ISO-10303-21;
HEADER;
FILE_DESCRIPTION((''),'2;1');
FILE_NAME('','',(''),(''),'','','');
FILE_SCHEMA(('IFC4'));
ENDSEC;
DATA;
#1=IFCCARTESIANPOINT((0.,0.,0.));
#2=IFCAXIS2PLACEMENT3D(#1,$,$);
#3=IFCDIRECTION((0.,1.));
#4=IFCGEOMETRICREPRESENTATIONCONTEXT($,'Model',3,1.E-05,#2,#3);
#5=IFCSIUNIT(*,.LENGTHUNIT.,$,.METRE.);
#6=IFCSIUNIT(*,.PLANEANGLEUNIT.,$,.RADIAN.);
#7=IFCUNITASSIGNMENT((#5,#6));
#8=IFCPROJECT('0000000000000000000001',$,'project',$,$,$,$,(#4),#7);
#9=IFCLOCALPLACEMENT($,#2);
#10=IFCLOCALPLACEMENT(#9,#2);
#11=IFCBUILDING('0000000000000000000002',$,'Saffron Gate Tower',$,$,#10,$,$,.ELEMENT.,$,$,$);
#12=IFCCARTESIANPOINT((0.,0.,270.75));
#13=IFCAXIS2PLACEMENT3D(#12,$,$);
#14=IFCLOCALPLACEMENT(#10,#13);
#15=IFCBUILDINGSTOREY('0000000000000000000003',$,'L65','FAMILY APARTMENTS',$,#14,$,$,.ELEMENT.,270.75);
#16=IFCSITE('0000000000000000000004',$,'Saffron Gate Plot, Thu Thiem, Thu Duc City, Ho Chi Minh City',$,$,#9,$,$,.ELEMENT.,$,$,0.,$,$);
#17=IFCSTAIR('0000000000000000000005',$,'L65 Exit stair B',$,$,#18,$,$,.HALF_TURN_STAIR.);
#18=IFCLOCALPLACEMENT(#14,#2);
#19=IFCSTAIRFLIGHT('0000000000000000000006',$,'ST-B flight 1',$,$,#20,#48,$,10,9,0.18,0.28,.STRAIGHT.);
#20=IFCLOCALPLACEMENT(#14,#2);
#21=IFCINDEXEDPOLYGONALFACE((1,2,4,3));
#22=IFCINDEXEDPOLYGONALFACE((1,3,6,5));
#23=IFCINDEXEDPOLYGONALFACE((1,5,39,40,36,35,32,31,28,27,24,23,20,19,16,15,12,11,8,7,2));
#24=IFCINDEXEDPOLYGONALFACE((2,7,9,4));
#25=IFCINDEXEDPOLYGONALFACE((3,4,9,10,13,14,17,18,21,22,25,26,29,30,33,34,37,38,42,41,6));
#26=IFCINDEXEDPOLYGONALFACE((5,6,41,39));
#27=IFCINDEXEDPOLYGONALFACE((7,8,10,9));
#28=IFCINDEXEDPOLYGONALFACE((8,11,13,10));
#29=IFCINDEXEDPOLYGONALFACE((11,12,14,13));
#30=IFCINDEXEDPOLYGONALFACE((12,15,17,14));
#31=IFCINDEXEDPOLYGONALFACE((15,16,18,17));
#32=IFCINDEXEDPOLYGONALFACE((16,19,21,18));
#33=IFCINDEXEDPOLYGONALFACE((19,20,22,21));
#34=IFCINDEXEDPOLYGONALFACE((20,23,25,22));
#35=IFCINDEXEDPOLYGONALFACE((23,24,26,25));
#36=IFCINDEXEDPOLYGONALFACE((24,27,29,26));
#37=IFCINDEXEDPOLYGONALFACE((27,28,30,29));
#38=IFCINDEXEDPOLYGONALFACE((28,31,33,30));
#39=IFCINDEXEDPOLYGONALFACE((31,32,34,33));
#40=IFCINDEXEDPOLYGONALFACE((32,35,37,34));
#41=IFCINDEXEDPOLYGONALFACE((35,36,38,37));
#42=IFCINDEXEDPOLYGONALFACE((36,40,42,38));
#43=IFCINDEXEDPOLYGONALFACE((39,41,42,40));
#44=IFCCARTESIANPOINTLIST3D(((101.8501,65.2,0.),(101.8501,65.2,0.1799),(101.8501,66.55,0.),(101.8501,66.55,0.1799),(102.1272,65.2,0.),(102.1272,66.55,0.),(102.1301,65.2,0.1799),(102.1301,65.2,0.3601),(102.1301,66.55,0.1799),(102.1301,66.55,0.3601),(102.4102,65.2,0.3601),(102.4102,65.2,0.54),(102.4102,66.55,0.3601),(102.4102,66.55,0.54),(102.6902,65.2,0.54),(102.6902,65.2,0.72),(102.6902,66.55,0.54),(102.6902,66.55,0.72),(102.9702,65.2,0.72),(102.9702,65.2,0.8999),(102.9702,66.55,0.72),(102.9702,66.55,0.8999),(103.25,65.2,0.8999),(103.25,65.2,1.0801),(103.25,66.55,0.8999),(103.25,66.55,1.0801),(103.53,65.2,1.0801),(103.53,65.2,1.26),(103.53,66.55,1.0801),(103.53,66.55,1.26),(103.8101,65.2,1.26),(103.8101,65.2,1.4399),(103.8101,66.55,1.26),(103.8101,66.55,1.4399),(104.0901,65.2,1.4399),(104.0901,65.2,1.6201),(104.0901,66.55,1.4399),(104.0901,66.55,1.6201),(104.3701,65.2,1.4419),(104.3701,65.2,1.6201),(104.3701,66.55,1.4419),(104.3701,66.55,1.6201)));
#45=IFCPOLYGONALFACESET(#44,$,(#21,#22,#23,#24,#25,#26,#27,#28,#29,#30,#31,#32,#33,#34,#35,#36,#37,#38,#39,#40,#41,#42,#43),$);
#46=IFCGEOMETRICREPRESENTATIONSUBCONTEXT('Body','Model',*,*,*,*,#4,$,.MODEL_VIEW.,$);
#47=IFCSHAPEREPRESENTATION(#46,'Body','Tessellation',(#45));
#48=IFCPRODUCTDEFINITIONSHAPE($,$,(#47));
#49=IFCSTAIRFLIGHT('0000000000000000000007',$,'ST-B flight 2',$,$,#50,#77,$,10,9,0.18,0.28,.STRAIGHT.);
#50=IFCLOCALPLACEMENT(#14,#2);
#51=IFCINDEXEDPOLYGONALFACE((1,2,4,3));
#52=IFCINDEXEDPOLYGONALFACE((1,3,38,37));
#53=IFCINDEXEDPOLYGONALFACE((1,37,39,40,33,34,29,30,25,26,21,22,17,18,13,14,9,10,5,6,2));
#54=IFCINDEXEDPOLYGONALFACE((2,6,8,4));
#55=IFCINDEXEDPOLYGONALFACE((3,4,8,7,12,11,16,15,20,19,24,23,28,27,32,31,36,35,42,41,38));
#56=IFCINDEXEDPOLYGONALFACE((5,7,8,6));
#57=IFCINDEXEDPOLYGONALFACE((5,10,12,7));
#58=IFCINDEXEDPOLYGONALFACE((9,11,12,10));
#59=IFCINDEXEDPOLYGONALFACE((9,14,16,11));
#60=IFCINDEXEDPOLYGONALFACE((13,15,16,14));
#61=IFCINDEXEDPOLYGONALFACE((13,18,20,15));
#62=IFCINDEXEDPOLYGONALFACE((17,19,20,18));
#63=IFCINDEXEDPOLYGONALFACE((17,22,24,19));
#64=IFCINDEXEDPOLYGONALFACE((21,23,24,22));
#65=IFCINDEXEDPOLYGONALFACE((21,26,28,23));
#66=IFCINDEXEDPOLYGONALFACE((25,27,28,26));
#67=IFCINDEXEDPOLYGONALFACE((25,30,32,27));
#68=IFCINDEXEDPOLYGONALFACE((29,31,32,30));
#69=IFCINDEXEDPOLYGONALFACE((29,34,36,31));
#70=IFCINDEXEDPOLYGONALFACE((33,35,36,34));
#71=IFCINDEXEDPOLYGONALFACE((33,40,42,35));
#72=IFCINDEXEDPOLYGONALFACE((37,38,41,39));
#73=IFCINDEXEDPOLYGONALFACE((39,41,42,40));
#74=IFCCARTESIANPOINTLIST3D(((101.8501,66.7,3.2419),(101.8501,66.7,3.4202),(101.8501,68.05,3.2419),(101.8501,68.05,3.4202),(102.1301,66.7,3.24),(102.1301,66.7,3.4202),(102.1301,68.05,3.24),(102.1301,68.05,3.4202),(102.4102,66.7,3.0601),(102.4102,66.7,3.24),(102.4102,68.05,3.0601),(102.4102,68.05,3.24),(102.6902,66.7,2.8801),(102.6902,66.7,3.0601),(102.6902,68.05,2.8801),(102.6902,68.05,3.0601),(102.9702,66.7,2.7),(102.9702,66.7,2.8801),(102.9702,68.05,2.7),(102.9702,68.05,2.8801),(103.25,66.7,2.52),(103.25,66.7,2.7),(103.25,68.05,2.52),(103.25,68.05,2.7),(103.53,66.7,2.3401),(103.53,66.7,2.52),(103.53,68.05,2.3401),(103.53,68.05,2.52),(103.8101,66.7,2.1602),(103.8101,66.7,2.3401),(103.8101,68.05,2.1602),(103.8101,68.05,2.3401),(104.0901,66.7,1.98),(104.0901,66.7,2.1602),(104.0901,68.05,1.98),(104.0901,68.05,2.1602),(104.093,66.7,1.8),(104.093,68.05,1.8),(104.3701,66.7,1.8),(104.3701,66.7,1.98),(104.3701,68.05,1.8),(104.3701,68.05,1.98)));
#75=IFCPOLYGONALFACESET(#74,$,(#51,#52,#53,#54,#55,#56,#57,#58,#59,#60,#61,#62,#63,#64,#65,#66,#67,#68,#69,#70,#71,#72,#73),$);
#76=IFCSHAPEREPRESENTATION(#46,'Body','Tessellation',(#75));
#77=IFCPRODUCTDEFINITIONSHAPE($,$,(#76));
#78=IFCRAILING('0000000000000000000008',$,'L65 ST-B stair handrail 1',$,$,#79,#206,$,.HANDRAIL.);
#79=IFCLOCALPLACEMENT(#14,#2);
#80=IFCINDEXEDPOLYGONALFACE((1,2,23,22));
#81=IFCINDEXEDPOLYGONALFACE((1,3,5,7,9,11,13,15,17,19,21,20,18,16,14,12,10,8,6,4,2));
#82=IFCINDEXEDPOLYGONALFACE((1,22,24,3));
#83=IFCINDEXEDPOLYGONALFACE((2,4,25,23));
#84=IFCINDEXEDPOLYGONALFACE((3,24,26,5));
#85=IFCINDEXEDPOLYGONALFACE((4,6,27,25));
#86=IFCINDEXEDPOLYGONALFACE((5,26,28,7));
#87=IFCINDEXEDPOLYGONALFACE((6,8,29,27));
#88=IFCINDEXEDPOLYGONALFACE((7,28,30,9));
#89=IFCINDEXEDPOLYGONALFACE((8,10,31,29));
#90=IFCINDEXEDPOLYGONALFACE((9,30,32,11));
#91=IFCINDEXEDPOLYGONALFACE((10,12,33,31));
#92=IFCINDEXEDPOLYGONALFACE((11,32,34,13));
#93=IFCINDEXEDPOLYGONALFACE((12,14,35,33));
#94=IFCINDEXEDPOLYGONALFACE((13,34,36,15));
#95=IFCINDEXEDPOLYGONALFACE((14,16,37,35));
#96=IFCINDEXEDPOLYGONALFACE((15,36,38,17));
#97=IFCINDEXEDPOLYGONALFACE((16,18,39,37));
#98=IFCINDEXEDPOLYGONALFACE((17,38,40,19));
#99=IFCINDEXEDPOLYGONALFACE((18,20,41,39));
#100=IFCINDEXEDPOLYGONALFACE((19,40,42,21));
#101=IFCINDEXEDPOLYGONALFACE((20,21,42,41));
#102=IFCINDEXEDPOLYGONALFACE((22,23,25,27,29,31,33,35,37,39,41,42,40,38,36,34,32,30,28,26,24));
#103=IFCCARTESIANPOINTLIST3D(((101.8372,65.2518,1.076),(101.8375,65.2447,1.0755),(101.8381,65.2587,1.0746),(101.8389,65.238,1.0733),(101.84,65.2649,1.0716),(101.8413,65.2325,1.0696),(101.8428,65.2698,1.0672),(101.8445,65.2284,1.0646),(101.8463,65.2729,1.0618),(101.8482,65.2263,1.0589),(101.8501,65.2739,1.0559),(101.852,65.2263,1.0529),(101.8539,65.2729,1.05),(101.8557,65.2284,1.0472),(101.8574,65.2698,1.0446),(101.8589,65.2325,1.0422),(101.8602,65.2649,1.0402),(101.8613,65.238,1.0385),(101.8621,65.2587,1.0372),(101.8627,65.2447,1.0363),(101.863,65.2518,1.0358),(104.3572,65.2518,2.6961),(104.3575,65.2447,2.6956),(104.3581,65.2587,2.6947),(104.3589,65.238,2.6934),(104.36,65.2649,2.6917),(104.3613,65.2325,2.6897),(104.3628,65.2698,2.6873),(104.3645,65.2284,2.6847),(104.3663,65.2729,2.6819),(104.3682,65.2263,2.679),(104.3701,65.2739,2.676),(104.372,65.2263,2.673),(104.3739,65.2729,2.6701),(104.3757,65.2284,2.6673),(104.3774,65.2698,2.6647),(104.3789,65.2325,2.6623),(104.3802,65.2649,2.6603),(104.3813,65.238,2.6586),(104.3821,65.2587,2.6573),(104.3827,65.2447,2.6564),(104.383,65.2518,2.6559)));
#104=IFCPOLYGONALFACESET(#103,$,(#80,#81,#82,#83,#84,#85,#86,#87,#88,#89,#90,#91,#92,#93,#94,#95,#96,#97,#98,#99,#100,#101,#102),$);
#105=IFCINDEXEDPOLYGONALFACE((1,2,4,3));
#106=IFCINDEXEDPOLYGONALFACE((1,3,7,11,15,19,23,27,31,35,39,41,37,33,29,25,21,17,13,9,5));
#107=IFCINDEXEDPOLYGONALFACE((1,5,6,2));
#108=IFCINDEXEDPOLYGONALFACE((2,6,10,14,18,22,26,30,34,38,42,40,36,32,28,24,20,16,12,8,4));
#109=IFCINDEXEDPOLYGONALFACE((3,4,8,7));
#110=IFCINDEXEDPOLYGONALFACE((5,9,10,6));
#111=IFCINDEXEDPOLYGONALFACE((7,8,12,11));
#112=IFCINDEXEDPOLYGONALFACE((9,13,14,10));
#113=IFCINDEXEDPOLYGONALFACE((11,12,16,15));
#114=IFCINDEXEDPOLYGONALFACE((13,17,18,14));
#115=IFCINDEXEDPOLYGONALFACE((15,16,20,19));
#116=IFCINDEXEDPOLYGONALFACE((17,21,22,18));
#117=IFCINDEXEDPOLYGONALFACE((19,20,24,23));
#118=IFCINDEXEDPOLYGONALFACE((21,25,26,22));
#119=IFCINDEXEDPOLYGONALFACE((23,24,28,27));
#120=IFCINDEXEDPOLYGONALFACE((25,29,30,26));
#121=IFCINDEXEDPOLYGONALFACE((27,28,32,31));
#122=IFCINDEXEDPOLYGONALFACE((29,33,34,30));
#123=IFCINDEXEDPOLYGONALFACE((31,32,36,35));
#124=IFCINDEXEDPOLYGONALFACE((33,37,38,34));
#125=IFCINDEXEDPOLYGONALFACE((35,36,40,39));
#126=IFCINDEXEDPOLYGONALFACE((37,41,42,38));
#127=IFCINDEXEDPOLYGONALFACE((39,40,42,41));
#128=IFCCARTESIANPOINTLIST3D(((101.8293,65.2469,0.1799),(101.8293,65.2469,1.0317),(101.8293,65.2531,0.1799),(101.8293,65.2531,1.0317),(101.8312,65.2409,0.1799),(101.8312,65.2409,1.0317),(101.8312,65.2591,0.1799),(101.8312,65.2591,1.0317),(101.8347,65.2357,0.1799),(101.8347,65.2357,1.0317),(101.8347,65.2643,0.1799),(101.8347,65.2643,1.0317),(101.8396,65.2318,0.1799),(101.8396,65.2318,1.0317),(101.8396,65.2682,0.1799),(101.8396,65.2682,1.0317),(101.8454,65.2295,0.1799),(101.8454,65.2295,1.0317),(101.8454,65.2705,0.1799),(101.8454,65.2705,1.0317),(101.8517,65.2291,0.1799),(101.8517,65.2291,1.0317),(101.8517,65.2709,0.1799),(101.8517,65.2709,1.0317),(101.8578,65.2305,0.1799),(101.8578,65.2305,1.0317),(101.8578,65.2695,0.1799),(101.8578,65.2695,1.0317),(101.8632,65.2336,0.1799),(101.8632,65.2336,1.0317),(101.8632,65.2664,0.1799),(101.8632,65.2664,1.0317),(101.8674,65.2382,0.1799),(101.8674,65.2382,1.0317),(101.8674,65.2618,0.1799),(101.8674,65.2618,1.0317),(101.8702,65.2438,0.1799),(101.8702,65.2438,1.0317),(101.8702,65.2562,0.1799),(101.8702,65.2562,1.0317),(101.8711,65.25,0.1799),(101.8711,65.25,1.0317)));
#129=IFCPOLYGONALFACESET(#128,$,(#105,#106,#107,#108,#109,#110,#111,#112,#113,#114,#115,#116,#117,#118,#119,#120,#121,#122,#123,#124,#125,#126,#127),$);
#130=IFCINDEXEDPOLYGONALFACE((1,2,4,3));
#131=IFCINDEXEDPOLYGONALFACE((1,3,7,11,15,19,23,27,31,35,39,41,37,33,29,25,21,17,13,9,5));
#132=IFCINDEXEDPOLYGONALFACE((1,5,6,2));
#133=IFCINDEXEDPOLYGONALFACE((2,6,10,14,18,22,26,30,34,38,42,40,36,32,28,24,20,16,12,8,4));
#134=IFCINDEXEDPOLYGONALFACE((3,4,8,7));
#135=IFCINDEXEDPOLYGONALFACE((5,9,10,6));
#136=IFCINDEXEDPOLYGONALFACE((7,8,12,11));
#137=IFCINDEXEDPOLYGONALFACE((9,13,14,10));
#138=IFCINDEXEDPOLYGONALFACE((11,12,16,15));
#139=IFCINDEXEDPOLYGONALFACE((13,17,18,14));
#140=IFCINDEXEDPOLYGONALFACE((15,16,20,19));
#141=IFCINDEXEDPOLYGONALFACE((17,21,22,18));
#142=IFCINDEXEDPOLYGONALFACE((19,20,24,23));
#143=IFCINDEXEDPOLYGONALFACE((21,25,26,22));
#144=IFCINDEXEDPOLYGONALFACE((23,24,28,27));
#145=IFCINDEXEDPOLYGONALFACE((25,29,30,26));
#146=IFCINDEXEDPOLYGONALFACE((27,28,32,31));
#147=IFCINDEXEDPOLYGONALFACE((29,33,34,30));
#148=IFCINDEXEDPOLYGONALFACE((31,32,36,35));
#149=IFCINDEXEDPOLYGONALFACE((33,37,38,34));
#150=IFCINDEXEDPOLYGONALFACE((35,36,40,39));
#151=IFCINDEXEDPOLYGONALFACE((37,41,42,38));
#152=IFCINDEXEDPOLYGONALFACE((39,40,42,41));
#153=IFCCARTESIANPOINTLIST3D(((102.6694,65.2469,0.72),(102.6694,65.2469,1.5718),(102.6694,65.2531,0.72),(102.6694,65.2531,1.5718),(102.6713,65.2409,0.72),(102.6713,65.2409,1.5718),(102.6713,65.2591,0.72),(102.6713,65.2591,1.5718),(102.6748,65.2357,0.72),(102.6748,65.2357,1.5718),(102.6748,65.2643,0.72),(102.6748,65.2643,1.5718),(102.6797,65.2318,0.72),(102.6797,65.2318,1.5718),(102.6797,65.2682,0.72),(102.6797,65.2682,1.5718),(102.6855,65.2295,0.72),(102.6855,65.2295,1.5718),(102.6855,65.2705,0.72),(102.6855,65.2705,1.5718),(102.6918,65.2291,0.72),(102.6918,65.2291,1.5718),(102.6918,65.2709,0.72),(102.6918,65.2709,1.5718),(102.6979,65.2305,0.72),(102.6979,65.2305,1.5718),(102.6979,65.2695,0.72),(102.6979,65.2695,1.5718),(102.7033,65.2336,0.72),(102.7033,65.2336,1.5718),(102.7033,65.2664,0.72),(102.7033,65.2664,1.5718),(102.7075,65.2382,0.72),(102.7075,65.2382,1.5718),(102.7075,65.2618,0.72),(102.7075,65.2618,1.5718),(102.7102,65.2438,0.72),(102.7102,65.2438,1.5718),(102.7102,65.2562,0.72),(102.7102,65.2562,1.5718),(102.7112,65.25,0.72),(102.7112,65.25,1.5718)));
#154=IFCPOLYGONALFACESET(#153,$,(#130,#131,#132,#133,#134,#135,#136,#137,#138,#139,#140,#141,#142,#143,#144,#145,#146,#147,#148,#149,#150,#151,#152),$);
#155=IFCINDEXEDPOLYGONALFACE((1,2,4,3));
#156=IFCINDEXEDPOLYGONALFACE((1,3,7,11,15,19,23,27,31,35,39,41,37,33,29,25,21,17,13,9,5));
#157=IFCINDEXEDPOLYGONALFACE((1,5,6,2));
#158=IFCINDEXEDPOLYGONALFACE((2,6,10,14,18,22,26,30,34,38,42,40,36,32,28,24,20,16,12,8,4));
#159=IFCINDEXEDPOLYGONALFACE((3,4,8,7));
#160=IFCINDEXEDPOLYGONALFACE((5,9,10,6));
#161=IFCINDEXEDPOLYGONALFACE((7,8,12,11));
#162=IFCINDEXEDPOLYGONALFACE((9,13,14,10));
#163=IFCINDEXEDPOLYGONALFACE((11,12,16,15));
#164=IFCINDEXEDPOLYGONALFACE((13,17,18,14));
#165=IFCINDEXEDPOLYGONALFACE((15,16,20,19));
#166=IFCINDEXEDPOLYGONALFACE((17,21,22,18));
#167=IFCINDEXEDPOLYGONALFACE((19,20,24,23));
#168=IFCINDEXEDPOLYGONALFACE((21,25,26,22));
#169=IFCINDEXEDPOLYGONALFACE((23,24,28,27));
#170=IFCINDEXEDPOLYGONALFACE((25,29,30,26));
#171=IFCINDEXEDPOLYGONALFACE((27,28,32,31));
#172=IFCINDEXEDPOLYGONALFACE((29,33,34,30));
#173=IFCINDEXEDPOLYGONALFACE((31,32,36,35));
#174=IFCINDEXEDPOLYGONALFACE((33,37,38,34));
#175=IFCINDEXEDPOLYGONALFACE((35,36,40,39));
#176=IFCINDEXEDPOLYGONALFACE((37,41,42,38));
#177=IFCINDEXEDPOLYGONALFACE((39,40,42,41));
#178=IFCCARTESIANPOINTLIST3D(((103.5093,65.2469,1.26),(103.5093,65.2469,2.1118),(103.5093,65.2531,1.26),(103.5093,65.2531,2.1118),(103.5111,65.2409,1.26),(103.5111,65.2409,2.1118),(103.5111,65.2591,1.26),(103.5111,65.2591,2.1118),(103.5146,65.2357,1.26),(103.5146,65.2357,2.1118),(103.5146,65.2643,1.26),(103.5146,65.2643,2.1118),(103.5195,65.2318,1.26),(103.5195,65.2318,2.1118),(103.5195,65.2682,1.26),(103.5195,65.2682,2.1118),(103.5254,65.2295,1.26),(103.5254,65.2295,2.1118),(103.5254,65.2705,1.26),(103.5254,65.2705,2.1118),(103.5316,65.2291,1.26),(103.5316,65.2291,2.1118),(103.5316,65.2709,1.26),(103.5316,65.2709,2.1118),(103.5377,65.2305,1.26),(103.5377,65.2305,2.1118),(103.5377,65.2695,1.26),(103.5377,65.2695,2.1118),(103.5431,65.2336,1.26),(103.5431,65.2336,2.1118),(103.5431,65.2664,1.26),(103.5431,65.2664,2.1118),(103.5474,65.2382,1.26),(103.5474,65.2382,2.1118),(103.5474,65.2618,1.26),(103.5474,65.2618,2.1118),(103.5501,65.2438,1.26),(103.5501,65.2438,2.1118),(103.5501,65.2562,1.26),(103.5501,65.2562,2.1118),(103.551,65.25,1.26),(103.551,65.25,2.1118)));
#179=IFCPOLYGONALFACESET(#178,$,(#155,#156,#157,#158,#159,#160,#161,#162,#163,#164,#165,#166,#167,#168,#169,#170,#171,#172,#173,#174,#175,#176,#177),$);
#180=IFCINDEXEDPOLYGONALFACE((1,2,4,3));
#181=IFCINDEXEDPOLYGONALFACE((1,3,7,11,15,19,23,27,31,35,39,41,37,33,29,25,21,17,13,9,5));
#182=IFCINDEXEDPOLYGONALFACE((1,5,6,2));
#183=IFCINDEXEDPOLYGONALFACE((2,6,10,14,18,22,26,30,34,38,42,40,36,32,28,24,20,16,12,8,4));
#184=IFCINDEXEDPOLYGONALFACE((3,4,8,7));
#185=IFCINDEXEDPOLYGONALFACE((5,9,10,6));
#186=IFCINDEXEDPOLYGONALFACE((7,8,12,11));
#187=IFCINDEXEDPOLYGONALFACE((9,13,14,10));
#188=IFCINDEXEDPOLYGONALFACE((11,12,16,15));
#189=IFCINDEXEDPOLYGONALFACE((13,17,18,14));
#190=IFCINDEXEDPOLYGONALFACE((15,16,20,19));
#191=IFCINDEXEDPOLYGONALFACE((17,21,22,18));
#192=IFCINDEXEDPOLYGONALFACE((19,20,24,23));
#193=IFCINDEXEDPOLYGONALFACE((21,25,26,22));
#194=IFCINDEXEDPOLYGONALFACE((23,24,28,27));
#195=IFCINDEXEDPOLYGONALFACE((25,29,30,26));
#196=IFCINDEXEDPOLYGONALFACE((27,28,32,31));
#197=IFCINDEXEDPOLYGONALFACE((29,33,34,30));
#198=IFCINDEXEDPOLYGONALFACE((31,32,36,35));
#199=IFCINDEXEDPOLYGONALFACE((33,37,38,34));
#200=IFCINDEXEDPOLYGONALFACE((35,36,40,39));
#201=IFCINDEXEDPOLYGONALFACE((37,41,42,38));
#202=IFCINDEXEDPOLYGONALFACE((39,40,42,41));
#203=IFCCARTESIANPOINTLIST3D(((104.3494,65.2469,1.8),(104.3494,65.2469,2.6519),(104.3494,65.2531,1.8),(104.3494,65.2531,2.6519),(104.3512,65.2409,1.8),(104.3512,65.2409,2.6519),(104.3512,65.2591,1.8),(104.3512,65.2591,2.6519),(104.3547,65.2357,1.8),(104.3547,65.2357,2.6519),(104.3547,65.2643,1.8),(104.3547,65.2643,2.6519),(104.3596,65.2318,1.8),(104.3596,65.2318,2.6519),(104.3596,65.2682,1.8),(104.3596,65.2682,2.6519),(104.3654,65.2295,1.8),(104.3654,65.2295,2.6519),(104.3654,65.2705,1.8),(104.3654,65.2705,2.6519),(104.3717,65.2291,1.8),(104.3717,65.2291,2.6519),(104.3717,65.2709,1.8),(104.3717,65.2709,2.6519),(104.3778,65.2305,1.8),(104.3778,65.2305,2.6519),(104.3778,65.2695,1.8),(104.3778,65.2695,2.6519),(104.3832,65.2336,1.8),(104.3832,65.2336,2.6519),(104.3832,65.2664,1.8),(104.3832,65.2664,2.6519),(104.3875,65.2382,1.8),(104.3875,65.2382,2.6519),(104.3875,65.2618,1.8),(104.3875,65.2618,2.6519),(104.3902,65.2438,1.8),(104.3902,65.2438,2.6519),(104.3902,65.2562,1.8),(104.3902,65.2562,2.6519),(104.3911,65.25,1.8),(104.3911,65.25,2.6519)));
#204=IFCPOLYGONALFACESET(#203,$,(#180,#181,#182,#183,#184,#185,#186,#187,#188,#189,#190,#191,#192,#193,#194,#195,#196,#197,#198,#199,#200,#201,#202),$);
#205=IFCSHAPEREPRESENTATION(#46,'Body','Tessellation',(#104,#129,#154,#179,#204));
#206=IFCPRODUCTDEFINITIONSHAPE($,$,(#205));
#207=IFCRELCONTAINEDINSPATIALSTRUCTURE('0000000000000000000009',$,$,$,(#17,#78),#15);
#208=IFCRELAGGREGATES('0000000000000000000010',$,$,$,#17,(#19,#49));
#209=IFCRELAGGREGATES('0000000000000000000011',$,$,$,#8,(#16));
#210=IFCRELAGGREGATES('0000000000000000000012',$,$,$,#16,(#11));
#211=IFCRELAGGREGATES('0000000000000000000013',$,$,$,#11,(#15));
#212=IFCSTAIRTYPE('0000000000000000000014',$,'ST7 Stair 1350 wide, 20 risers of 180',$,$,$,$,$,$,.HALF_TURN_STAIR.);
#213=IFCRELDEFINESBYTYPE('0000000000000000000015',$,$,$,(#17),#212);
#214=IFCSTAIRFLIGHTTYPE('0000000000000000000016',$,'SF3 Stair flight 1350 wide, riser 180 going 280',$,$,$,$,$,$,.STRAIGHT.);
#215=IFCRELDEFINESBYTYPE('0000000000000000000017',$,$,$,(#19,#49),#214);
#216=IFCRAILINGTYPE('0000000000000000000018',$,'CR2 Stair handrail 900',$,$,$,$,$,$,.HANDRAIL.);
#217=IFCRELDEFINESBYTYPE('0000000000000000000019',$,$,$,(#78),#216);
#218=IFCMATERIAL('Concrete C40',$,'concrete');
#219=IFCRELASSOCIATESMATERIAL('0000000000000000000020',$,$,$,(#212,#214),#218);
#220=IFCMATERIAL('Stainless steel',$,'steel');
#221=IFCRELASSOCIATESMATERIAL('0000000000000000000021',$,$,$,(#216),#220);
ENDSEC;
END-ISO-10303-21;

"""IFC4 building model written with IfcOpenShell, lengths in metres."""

from ifc_helpers import new_model, si_unit, direction, frame, origin, origin_2d, place, context, subcontext, project, spatial, polyline, circle, outline, extrude, material, type_object, element, aggregate, save


model = new_model("IFC4")

# Units and contexts
model_context = context("Model", 3, precision=1e-05, world=origin(), true_north=direction((0.0, 1.0)))
body_context = subcontext(model_context, "Body", "Model", "MODEL_VIEW")
ifc_project = project(units=[si_unit("LENGTHUNIT", "METRE"), si_unit("PLANEANGLEUNIT", "RADIAN")], contexts=[model_context])

# Site, building, storey
site_placement = place(None, origin())
site = spatial("IfcSite", under=ifc_project, at=site_placement, Name="Saffron Gate Plot, Thu Thiem, Thu Duc City, Ho Chi Minh City", CompositionType="ELEMENT", RefElevation=0.0)
building_placement = place(site_placement, origin())
building = spatial("IfcBuilding", under=site, at=building_placement, Name="Saffron Gate Tower", CompositionType="ELEMENT")
storey_placement = place(building_placement, frame((0.0, 0.0, 270.75)))
storey = spatial("IfcBuildingStorey", under=building, at=storey_placement, Name="L65", Description="FAMILY APARTMENTS", CompositionType="ELEMENT", Elevation=270.75)

# Stair, stair flights
ifc_material_1 = material(Name="Concrete C40", Category="concrete")
stair_type = type_object("IfcStairType", Name="ST7 Stair 1350 wide, 20 risers of 180", PredefinedType="HALF_TURN_STAIR", material=ifc_material_1)
stair_placement = place(storey_placement, origin())
stair = element("IfcStair", 1, at=stair_placement, inside=storey, type_object=stair_type, Name="L65 Exit stair B", PredefinedType="HALF_TURN_STAIR")
stair_flight_type = type_object("IfcStairFlightType", Name="SF3 Stair flight 1350 wide, riser 180 going 280", PredefinedType="STRAIGHT", material=ifc_material_1)
stair_flight_1_placement = place(storey_placement, frame((101.8501, 65.875, 0.0), z_axis=(0.0, 0.0, 1.0), x_axis=(1.0, 0.0, 0.0)))
stair_flight_1 = element("IfcStairFlight", 2, at=stair_flight_1_placement, type_object=stair_flight_type, Name="ST-B flight 1", NumberOfRisers=10, NumberOfTreads=9, PredefinedType="STRAIGHT", RiserHeight=0.18, TreadLength=0.28, context=body_context, shape_type="SweptSolid", body=[
    extrude(outline(polyline([(0.0, 0.0), (0.0, 0.1799), (0.28, 0.1799), (0.28, 0.3601), (0.5601, 0.3601), (0.5601, 0.54), (0.8401, 0.54), (0.8401, 0.72), (1.1201, 0.72), (1.1201, 0.8999), (1.3999, 0.8999), (1.3999, 1.0801), (1.6799, 1.0801), (1.6799, 1.26), (1.96, 1.26), (1.96, 1.4399), (2.24, 1.4399), (2.24, 1.6201), (2.52, 1.6201), (2.52, 1.8), (2.52, 1.4419), (0.2771, 0.0), (0.0, 0.0)])), frame((0.0, 0.675, 0.0), z_axis=(0.0, -1.0, 0.0), x_axis=(1.0, 0.0, 0.0)), (0.0, 0.0, 1.0), 1.3501),
])
stair_flight_2_placement = place(storey_placement, frame((104.3701, 67.375, 1.8), z_axis=(0.0, 0.0, 1.0), x_axis=(-1.0, 0.0, 0.0)))
stair_flight_2 = element("IfcStairFlight", 3, at=stair_flight_2_placement, type_object=stair_flight_type, Name="ST-B flight 2", NumberOfRisers=10, NumberOfTreads=9, PredefinedType="STRAIGHT", RiserHeight=0.18, TreadLength=0.28, context=body_context, shape_type="SweptSolid", body=[
    extrude(outline(polyline([(0.0, 0.0), (0.0, 0.1799), (0.28, 0.1799), (0.28, 0.3601), (0.5601, 0.3601), (0.5601, 0.54), (0.8401, 0.54), (0.8401, 0.72), (1.1201, 0.72), (1.1201, 0.8999), (1.3999, 0.8999), (1.3999, 1.0801), (1.6799, 1.0801), (1.6799, 1.26), (1.96, 1.26), (1.96, 1.4399), (2.24, 1.4399), (2.24, 1.6201), (2.52, 1.6201), (2.52, 1.8), (2.52, 1.4419), (0.2771, 0.0), (0.0, 0.0)])), frame((0.0, 0.675, 0.0), z_axis=(0.0, -1.0, 0.0), x_axis=(1.0, 0.0, 0.0)), (0.0, 0.0, 1.0), 1.3501),
])
aggregate(stair, [stair_flight_1, stair_flight_2])

# Railing
ifc_material_2 = material(Name="Stainless steel", Category="steel")
railing_type_1 = type_object("IfcRailingType", Name="CR2 Stair handrail 900", PredefinedType="HANDRAIL", material=ifc_material_2)
railing_1_placement = place(storey_placement, frame((101.8501, 65.25, 0.1799)))
element("IfcRailing", 4, at=railing_1_placement, inside=storey, type_object=railing_type_1, Name="L65 ST-B stair handrail 1", PredefinedType="HANDRAIL", context=body_context, shape_type="SweptSolid", body=[
    extrude(circle(Radius=0.0239, at=origin_2d()), frame((0.0, 0.0, 0.876), z_axis=(0.841163, 0.0, 0.540782), x_axis=(0.0, 1.0, 0.0)), (0.0, 0.0, 1.0), 2.9958),
    extrude(circle(Radius=0.021, at=origin_2d()), origin(), (0.0, 0.0, 1.0), 0.8518),
    extrude(circle(Radius=0.021, at=origin_2d()), frame((0.8401, 0.0, 0.54)), (0.0, 0.0, 1.0), 0.8518),
    extrude(circle(Radius=0.021, at=origin_2d()), frame((1.6799, 0.0, 1.0801)), (0.0, 0.0, 1.0), 0.8518),
    extrude(circle(Radius=0.021, at=origin_2d()), frame((2.52, 0.0, 1.6201)), (0.0, 0.0, 1.0), 0.8518),
])

save(model, "model.ifc")
